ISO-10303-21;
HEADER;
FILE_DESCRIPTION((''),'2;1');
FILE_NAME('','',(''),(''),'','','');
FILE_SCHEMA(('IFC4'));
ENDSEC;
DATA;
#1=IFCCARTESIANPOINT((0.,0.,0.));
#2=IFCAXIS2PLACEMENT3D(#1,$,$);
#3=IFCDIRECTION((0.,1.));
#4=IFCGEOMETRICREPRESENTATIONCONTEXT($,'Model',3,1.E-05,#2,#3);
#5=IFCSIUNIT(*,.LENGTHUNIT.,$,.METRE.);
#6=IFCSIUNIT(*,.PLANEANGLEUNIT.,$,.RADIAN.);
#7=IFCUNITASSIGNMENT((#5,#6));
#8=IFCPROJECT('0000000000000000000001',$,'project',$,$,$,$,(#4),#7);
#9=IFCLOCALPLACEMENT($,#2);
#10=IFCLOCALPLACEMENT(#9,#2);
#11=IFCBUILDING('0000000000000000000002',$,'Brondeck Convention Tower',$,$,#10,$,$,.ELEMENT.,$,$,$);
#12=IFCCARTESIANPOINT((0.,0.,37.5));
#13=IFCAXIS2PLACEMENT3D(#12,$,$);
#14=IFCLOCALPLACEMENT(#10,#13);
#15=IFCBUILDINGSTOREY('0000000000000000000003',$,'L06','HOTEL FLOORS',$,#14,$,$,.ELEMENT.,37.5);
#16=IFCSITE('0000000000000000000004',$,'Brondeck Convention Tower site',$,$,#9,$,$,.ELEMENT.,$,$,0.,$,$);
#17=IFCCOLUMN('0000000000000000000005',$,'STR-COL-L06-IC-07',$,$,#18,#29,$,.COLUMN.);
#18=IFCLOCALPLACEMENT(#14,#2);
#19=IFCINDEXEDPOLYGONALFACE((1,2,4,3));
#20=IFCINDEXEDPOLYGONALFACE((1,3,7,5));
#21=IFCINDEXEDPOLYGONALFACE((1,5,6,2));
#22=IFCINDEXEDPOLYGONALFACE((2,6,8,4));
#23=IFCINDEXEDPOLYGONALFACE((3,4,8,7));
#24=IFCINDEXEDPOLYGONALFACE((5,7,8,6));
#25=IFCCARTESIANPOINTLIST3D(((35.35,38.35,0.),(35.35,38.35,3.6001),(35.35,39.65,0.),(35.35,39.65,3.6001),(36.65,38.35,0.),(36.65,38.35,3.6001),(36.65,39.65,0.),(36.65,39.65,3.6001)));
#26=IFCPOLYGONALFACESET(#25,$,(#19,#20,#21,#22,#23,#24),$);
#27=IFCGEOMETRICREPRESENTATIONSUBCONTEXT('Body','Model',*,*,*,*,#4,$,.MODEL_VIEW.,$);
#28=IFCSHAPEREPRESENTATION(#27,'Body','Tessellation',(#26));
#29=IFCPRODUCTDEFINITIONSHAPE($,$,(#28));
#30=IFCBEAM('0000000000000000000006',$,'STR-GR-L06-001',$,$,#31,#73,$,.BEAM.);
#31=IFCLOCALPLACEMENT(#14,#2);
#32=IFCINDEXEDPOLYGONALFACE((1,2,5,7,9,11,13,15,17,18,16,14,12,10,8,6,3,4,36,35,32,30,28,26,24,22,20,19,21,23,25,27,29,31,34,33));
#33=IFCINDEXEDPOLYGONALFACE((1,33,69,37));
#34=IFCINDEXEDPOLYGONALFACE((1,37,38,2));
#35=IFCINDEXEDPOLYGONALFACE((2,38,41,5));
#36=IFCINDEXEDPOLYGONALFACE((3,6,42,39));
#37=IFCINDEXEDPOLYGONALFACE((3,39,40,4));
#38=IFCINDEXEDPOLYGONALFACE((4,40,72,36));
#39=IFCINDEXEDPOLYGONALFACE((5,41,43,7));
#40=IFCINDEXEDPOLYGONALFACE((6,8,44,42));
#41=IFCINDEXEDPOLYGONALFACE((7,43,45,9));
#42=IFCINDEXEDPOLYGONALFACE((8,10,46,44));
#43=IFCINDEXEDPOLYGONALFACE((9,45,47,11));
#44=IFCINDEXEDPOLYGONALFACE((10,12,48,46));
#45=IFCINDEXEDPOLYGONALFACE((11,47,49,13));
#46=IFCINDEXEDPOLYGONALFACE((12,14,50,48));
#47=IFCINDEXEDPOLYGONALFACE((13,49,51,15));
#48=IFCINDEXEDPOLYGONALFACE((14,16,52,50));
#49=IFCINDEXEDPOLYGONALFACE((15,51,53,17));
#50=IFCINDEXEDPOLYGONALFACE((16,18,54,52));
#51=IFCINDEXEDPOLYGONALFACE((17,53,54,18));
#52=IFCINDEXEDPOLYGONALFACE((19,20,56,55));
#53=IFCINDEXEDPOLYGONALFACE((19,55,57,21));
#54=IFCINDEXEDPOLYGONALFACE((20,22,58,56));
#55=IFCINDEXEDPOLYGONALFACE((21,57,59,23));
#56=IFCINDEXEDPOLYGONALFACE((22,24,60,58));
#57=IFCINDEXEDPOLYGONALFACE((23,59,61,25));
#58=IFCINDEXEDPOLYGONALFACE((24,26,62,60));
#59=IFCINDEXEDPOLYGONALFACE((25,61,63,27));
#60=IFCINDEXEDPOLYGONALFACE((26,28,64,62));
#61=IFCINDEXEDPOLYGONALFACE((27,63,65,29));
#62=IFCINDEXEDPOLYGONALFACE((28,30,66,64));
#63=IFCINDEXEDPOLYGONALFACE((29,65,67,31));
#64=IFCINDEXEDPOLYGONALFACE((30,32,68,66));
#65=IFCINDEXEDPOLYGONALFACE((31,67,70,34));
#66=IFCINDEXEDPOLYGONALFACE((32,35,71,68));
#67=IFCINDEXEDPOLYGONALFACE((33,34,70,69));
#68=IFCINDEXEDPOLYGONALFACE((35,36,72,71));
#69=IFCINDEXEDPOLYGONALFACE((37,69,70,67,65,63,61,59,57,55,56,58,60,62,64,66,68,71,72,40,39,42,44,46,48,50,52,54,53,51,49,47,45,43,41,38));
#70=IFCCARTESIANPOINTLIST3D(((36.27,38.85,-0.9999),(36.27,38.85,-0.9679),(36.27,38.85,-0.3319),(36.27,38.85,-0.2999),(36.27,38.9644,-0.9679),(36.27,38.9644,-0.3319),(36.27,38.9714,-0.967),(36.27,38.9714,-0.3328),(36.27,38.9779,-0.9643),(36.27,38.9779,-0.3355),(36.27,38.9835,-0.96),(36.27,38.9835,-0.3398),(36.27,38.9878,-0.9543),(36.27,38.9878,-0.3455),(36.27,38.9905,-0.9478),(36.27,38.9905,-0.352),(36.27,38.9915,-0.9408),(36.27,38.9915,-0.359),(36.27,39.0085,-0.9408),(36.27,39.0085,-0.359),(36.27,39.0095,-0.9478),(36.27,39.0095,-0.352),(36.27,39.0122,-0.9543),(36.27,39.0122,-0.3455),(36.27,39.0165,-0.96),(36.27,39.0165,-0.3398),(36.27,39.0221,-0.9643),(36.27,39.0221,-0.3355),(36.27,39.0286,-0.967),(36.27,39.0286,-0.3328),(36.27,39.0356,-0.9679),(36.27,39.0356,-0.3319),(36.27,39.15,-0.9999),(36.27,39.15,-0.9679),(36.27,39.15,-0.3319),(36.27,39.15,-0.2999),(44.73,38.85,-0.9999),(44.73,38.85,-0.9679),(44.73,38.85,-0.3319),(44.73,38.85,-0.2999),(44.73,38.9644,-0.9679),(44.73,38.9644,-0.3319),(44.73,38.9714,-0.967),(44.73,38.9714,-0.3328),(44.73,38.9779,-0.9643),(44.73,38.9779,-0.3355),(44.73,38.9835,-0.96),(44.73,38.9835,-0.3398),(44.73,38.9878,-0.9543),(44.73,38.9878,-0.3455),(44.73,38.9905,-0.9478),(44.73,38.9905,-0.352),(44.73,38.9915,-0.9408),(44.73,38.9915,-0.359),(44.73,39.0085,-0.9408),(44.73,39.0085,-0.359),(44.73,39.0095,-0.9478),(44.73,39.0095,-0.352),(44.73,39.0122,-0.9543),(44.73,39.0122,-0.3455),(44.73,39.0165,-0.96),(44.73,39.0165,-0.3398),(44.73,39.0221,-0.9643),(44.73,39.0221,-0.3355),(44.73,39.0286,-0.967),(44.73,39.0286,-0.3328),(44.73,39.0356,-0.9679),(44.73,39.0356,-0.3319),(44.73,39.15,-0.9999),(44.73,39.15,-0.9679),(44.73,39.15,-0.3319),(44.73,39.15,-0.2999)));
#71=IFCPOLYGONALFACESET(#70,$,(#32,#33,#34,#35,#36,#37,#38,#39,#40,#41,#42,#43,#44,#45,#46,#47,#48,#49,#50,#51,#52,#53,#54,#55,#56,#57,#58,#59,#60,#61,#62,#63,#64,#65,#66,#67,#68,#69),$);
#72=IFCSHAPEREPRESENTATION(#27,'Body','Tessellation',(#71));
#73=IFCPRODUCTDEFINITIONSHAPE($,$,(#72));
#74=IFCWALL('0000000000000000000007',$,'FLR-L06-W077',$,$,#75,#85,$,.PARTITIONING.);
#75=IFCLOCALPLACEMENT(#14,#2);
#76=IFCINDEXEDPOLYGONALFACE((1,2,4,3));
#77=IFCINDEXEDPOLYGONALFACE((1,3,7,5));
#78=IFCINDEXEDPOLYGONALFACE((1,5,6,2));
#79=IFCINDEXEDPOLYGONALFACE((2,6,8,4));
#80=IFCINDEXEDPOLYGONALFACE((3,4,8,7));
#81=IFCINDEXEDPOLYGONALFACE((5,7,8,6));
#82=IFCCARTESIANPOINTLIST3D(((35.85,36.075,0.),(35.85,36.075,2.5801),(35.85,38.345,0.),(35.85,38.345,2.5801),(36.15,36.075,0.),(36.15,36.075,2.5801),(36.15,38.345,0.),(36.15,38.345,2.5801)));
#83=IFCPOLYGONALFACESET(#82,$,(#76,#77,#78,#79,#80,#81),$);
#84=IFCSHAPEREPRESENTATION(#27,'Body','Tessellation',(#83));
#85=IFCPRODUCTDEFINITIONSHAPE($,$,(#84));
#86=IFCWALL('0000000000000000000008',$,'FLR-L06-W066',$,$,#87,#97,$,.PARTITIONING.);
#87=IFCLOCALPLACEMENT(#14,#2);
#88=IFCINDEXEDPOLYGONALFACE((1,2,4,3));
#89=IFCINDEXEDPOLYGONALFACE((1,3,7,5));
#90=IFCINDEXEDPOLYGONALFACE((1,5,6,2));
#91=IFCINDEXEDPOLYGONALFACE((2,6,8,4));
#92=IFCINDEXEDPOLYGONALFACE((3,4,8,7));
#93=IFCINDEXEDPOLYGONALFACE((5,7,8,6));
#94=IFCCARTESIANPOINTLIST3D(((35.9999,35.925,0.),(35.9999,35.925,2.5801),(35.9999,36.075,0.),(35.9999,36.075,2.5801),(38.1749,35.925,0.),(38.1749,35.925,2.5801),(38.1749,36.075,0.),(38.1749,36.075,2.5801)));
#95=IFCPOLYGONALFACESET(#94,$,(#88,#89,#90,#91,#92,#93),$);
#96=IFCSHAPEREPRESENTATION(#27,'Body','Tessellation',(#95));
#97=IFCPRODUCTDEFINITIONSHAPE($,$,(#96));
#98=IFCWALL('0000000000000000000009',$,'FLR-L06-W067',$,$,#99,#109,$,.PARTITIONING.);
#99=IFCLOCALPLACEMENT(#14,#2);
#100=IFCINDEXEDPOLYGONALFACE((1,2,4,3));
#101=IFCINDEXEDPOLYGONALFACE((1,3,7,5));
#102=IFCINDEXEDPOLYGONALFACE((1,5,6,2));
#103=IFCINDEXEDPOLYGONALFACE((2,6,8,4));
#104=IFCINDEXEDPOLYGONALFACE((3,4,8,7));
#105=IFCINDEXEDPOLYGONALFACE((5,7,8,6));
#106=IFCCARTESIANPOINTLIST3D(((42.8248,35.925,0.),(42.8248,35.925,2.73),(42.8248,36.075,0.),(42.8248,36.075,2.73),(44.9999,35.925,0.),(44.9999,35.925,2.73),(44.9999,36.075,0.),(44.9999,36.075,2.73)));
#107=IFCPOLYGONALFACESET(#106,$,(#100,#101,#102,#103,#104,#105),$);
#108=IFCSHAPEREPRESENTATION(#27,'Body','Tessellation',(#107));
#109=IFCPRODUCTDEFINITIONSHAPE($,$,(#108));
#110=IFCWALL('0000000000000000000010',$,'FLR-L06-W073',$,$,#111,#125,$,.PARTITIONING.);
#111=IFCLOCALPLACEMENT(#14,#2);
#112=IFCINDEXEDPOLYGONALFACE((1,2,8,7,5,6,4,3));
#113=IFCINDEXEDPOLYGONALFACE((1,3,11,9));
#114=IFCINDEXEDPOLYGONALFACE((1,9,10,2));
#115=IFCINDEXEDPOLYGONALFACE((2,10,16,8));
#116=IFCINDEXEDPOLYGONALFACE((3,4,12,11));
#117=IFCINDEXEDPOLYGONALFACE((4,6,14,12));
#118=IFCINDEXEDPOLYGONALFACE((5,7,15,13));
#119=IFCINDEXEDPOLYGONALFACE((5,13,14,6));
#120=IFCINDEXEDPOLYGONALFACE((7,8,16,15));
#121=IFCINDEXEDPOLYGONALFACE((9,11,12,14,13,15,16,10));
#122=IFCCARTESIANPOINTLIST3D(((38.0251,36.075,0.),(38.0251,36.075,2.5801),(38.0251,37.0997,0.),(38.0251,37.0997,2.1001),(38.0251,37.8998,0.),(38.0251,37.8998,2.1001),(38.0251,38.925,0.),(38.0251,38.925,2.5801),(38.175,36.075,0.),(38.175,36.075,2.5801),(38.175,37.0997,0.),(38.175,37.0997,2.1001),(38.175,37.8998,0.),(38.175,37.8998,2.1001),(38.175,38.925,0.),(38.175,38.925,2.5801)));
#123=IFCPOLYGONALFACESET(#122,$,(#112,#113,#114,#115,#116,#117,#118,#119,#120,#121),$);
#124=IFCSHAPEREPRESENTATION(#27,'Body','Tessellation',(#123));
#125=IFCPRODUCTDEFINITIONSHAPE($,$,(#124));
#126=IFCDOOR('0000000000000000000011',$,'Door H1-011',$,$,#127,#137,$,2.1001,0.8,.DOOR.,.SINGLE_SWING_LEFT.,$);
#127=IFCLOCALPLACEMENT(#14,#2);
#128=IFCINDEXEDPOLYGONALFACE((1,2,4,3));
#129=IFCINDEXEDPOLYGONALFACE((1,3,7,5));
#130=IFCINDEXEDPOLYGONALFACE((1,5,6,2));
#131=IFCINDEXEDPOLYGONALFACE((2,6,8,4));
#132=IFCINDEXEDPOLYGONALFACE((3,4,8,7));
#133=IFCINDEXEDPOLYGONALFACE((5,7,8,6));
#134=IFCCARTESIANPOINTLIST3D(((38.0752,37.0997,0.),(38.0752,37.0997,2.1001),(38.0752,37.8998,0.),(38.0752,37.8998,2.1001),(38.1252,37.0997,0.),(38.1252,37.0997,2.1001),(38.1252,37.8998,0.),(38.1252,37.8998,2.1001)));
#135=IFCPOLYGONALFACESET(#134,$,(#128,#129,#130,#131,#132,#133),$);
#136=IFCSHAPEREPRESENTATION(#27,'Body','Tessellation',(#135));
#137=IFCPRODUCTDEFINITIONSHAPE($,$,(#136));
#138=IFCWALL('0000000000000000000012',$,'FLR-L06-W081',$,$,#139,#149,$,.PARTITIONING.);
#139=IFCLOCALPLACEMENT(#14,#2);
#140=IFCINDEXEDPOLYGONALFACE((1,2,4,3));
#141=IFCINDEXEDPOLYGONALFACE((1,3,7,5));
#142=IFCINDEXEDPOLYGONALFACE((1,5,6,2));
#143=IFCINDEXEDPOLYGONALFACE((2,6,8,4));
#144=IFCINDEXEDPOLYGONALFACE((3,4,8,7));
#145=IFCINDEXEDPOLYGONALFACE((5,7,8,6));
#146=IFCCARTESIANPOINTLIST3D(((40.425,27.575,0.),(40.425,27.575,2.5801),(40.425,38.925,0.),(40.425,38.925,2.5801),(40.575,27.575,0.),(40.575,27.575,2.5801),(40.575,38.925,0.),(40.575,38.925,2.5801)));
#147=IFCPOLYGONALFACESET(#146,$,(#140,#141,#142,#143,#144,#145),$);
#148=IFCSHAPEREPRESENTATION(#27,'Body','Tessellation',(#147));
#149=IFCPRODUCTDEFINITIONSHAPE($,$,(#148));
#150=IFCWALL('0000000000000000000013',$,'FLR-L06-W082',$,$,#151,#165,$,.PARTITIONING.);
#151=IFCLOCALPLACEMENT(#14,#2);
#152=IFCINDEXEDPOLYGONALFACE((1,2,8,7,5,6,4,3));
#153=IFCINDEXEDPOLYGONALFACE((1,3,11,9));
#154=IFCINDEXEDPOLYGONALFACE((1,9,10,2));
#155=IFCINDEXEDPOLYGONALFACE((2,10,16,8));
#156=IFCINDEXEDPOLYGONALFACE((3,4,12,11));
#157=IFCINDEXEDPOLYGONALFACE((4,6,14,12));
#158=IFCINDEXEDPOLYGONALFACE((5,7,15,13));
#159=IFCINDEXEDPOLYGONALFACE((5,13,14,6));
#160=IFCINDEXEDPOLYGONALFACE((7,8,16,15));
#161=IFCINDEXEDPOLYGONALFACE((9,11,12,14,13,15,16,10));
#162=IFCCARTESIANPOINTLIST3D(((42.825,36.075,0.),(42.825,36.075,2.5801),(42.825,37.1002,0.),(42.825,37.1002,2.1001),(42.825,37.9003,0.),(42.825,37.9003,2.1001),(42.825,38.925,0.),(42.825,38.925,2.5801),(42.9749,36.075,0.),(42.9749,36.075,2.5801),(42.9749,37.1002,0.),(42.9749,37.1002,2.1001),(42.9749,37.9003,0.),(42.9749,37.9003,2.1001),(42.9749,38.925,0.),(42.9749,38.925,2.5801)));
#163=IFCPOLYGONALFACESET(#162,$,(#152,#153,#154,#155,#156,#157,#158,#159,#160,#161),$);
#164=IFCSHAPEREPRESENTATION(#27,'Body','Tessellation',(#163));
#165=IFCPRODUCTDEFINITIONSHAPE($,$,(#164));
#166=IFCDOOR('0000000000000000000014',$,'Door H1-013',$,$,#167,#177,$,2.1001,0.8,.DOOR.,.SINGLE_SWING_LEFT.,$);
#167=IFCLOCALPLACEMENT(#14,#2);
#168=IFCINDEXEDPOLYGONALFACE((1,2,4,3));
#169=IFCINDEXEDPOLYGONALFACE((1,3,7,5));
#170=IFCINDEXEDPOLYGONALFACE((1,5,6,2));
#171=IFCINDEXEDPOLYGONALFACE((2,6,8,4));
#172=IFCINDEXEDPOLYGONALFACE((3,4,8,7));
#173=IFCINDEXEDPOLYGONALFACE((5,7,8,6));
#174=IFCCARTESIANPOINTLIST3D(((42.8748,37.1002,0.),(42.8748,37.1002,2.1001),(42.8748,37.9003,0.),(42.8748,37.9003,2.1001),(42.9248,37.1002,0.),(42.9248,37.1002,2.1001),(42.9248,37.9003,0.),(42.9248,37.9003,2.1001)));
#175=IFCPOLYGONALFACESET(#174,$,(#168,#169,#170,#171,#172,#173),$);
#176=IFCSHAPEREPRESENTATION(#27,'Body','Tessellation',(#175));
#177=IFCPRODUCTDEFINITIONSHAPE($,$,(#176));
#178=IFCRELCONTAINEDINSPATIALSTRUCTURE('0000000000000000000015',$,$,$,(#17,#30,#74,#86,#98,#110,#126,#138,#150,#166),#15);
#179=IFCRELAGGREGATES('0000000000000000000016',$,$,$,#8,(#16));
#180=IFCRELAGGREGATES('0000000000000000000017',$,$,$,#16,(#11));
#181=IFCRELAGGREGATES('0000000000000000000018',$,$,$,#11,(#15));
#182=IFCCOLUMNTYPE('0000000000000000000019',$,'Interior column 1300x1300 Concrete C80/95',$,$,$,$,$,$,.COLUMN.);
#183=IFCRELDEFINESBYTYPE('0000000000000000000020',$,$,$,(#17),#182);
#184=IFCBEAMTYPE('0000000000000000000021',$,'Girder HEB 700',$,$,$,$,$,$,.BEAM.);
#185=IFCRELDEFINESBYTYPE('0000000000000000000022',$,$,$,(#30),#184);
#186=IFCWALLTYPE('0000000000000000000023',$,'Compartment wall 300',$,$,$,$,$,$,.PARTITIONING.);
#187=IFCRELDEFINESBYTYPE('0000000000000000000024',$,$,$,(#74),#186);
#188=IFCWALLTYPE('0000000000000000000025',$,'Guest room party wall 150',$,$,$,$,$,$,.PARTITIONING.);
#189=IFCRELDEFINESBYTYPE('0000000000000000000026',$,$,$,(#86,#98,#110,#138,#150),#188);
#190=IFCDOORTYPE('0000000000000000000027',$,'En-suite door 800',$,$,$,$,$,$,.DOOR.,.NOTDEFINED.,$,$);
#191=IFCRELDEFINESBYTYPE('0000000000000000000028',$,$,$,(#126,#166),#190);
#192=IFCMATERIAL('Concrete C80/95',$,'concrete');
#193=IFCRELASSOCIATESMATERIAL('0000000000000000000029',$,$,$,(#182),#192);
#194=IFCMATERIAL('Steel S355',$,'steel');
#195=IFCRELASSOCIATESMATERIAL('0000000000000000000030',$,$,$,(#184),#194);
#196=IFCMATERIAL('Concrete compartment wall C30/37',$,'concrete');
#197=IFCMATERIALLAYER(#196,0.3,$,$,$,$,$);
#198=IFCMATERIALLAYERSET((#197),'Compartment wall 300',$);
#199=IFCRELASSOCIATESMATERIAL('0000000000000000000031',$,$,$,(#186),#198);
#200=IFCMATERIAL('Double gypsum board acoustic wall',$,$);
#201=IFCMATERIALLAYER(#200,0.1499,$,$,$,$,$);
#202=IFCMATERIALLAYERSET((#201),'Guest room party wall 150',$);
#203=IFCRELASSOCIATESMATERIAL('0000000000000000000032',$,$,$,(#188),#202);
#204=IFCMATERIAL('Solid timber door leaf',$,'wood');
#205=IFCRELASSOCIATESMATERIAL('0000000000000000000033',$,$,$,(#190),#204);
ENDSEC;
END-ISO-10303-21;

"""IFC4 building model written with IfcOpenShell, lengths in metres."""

from ifc_helpers import new_model, si_unit, direction, frame, frame_2d, origin, origin_2d, place, context, subcontext, project, spatial, rectangle, i_section, extrude, material, layer, layer_set, material_profile, profile_set, type_object, element, fill, save


model = new_model("IFC4")

# Units and contexts
model_context = context("Model", 3, precision=1e-05, world=origin(), true_north=direction((0.0, 1.0)))
body_context = subcontext(model_context, "Body", "Model", "MODEL_VIEW")
ifc_project = project(units=[si_unit("LENGTHUNIT", "METRE"), si_unit("PLANEANGLEUNIT", "RADIAN")], contexts=[model_context])

# Site, building, storey
site_placement = place(None, origin())
site = spatial("IfcSite", under=ifc_project, at=site_placement, Name="Brondeck Convention Tower site", CompositionType="ELEMENT", RefElevation=0.0)
building_placement = place(site_placement, origin())
building = spatial("IfcBuilding", under=site, at=building_placement, Name="Brondeck Convention Tower", CompositionType="ELEMENT")
storey_placement = place(building_placement, frame((0.0, 0.0, 37.5)))
storey = spatial("IfcBuildingStorey", under=building, at=storey_placement, Name="L06", Description="HOTEL FLOORS", CompositionType="ELEMENT", Elevation=37.5)

# Column
ifc_material_1 = material(Name="Concrete C80/95", Category="concrete")
ifc_material_profile_1 = material_profile(ifc_material_1, rectangle(XDim=1.3, YDim=1.3, at=origin_2d()), Name="Interior column 1300x1300 Concrete C80/95")
ifc_profile_set_1 = profile_set([ifc_material_profile_1], Name="Concrete C80/95")
column_type = type_object("IfcColumnType", Name="Interior column 1300x1300 Concrete C80/95", PredefinedType="COLUMN", material=ifc_profile_set_1)
column_placement = place(storey_placement, frame((36.0, 39.0, 0.0), z_axis=(0.0, 0.0, 1.0), x_axis=(1.0, 0.0, 0.0)))
element("IfcColumn", 1, at=column_placement, inside=storey, type_object=column_type, Name="STR-COL-L06-IC-07", PredefinedType="COLUMN", context=body_context, shape_type="SweptSolid", body=[
    extrude(rectangle(XDim=1.3, YDim=1.3, at=origin_2d()), origin(), (0.0, 0.0, 1.0), 3.6001),
])

# Beam
ifc_material_2 = material(Name="Steel S355", Category="steel")
ifc_material_profile_2 = material_profile(ifc_material_2, i_section(OverallWidth=0.3, OverallDepth=0.7, WebThickness=0.0171, FlangeThickness=0.032, FilletRadius=0.0271, at=origin_2d()), Name="HEB 700")
ifc_profile_set_2 = profile_set([ifc_material_profile_2], Name="Steel S355")
beam_type = type_object("IfcBeamType", Name="Girder HEB 700", PredefinedType="BEAM", material=ifc_profile_set_2)
beam_placement = place(storey_placement, frame((36.27, 39.0, -0.6499), z_axis=(1.0, 0.0, 0.0), x_axis=(0.0, 1.0, 0.0)))
element("IfcBeam", 2, at=beam_placement, inside=storey, type_object=beam_type, Name="STR-GR-L06-001", PredefinedType="BEAM", context=body_context, shape_type="SweptSolid", body=[
    extrude(i_section(OverallWidth=0.3, OverallDepth=0.7, WebThickness=0.0171, FlangeThickness=0.032, FilletRadius=0.0271, at=origin_2d()), origin(), (0.0, 0.0, 1.0), 8.46),
])

# Walls
ifc_material_3 = material(Name="Concrete compartment wall C30/37", Category="concrete")
ifc_layer_1 = layer(ifc_material_3, 0.3)
ifc_layer_set_1 = layer_set([ifc_layer_1], Name="Compartment wall 300")
wall_type_1 = type_object("IfcWallType", Name="Compartment wall 300", PredefinedType="PARTITIONING", material=ifc_layer_set_1)
wall_1_placement = place(storey_placement, frame((36.0, 38.345, 0.0), z_axis=(0.0, 0.0, 1.0), x_axis=(0.0, -1.0, 0.0)))
element("IfcWall", 3, at=wall_1_placement, inside=storey, type_object=wall_type_1, Name="FLR-L06-W077", PredefinedType="PARTITIONING", context=body_context, shape_type="SweptSolid", body=[
    extrude(rectangle(XDim=2.27, YDim=0.3, at=frame_2d((1.135, 0.0))), origin(), (0.0, 0.0, 1.0), 2.5801),
])
ifc_material_4 = material(Name="Double gypsum board acoustic wall")
ifc_layer_2 = layer(ifc_material_4, 0.1499)
ifc_layer_set_2 = layer_set([ifc_layer_2], Name="Guest room party wall 150")
wall_type_2 = type_object("IfcWallType", Name="Guest room party wall 150", PredefinedType="PARTITIONING", material=ifc_layer_set_2)
wall_2_placement = place(storey_placement, frame((36.0, 36.0, 0.0), z_axis=(0.0, 0.0, 1.0), x_axis=(1.0, 0.0, 0.0)))
element("IfcWall", 4, at=wall_2_placement, inside=storey, type_object=wall_type_2, Name="FLR-L06-W066", PredefinedType="PARTITIONING", context=body_context, shape_type="SweptSolid", body=[
    extrude(rectangle(XDim=2.175, YDim=0.1499, at=frame_2d((1.0874, 0.0))), origin(), (0.0, 0.0, 1.0), 2.5801),
])
wall_3_placement = place(storey_placement, frame((42.825, 36.0, 0.0), z_axis=(0.0, 0.0, 1.0), x_axis=(1.0, 0.0, 0.0)))
element("IfcWall", 5, at=wall_3_placement, inside=storey, type_object=wall_type_2, Name="FLR-L06-W067", PredefinedType="PARTITIONING", context=body_context, shape_type="SweptSolid", body=[
    extrude(rectangle(XDim=2.175, YDim=0.1499, at=frame_2d((1.0874, 0.0))), origin(), (0.0, 0.0, 1.0), 2.73),
])

# Wall, opening, door
wall_4_placement = place(storey_placement, frame((38.1001, 36.075, 0.0), z_axis=(0.0, 0.0, 1.0), x_axis=(0.0, 1.0, 0.0)))
wall_4 = element("IfcWall", 6, at=wall_4_placement, inside=storey, type_object=wall_type_2, Name="FLR-L06-W073", PredefinedType="PARTITIONING", context=body_context, shape_type="SweptSolid", body=[
    extrude(rectangle(XDim=2.8501, YDim=0.1499, at=frame_2d((1.425, 0.0))), origin(), (0.0, 0.0, 1.0), 2.5801),
])
opening_1_placement = place(wall_4_placement, frame((1.0249, 0.0, 0.0)))
opening_1 = element("IfcOpeningElement", 7, at=opening_1_placement, cuts=wall_4, PredefinedType="OPENING", context=body_context, shape_type="SweptSolid", body=[
    extrude(rectangle(XDim=0.8, YDim=2.1001, at=frame_2d((0.3999, 1.05))), frame((0.0, 0.085, 0.0), z_axis=(0.0, -1.0, 0.0), x_axis=(1.0, 0.0, 0.0)), (0.0, 0.0, 1.0), 0.1699),
])
ifc_material_5 = material(Name="Solid timber door leaf", Category="wood")
door_type_1 = type_object("IfcDoorType", Name="En-suite door 800", OperationType="NOTDEFINED", PredefinedType="DOOR", material=ifc_material_5)
door_1_placement = place(opening_1_placement, origin())
door_1 = element("IfcDoor", 8, at=door_1_placement, inside=storey, type_object=door_type_1, Name="Door H1-011", OperationType="SINGLE_SWING_LEFT", OverallHeight=2.1001, OverallWidth=0.8, PredefinedType="DOOR", context=body_context, shape_type="SweptSolid", body=[
    extrude(rectangle(XDim=0.8, YDim=2.1001, at=frame_2d((0.3999, 1.05))), frame((0.0, 0.0249, 0.0), z_axis=(0.0, -1.0, 0.0), x_axis=(1.0, 0.0, 0.0)), (0.0, 0.0, 1.0), 0.05),
])
fill(opening_1, door_1)

# Wall
wall_5_placement = place(storey_placement, frame((40.5, 38.925, 0.0), z_axis=(0.0, 0.0, 1.0), x_axis=(0.0, -1.0, 0.0)))
element("IfcWall", 9, at=wall_5_placement, inside=storey, type_object=wall_type_2, Name="FLR-L06-W081", PredefinedType="PARTITIONING", context=body_context, shape_type="SweptSolid", body=[
    extrude(rectangle(XDim=11.3501, YDim=0.1499, at=frame_2d((5.675, 0.0))), origin(), (0.0, 0.0, 1.0), 2.5801),
])

# Wall, opening, door
wall_6_placement = place(storey_placement, frame((42.8999, 38.925, 0.0), z_axis=(0.0, 0.0, 1.0), x_axis=(0.0, -1.0, 0.0)))
wall_6 = element("IfcWall", 10, at=wall_6_placement, inside=storey, type_object=wall_type_2, Name="FLR-L06-W082", PredefinedType="PARTITIONING", context=body_context, shape_type="SweptSolid", body=[
    extrude(rectangle(XDim=2.8501, YDim=0.1499, at=frame_2d((1.425, 0.0))), origin(), (0.0, 0.0, 1.0), 2.5801),
])
opening_2_placement = place(wall_6_placement, frame((1.0249, 0.0, 0.0)))
opening_2 = element("IfcOpeningElement", 11, at=opening_2_placement, cuts=wall_6, PredefinedType="OPENING", context=body_context, shape_type="SweptSolid", body=[
    extrude(rectangle(XDim=0.8, YDim=2.1001, at=frame_2d((0.3999, 1.05))), frame((0.0, 0.085, 0.0), z_axis=(0.0, -1.0, 0.0), x_axis=(1.0, 0.0, 0.0)), (0.0, 0.0, 1.0), 0.1699),
])
door_2_placement = place(opening_2_placement, origin())
door_2 = element("IfcDoor", 12, at=door_2_placement, inside=storey, type_object=door_type_1, Name="Door H1-013", OperationType="SINGLE_SWING_LEFT", OverallHeight=2.1001, OverallWidth=0.8, PredefinedType="DOOR", context=body_context, shape_type="SweptSolid", body=[
    extrude(rectangle(XDim=0.8, YDim=2.1001, at=frame_2d((0.3999, 1.05))), frame((0.0, 0.0249, 0.0), z_axis=(0.0, -1.0, 0.0), x_axis=(1.0, 0.0, 0.0)), (0.0, 0.0, 1.0), 0.05),
])
fill(opening_2, door_2)

save(model, "model.ifc")
